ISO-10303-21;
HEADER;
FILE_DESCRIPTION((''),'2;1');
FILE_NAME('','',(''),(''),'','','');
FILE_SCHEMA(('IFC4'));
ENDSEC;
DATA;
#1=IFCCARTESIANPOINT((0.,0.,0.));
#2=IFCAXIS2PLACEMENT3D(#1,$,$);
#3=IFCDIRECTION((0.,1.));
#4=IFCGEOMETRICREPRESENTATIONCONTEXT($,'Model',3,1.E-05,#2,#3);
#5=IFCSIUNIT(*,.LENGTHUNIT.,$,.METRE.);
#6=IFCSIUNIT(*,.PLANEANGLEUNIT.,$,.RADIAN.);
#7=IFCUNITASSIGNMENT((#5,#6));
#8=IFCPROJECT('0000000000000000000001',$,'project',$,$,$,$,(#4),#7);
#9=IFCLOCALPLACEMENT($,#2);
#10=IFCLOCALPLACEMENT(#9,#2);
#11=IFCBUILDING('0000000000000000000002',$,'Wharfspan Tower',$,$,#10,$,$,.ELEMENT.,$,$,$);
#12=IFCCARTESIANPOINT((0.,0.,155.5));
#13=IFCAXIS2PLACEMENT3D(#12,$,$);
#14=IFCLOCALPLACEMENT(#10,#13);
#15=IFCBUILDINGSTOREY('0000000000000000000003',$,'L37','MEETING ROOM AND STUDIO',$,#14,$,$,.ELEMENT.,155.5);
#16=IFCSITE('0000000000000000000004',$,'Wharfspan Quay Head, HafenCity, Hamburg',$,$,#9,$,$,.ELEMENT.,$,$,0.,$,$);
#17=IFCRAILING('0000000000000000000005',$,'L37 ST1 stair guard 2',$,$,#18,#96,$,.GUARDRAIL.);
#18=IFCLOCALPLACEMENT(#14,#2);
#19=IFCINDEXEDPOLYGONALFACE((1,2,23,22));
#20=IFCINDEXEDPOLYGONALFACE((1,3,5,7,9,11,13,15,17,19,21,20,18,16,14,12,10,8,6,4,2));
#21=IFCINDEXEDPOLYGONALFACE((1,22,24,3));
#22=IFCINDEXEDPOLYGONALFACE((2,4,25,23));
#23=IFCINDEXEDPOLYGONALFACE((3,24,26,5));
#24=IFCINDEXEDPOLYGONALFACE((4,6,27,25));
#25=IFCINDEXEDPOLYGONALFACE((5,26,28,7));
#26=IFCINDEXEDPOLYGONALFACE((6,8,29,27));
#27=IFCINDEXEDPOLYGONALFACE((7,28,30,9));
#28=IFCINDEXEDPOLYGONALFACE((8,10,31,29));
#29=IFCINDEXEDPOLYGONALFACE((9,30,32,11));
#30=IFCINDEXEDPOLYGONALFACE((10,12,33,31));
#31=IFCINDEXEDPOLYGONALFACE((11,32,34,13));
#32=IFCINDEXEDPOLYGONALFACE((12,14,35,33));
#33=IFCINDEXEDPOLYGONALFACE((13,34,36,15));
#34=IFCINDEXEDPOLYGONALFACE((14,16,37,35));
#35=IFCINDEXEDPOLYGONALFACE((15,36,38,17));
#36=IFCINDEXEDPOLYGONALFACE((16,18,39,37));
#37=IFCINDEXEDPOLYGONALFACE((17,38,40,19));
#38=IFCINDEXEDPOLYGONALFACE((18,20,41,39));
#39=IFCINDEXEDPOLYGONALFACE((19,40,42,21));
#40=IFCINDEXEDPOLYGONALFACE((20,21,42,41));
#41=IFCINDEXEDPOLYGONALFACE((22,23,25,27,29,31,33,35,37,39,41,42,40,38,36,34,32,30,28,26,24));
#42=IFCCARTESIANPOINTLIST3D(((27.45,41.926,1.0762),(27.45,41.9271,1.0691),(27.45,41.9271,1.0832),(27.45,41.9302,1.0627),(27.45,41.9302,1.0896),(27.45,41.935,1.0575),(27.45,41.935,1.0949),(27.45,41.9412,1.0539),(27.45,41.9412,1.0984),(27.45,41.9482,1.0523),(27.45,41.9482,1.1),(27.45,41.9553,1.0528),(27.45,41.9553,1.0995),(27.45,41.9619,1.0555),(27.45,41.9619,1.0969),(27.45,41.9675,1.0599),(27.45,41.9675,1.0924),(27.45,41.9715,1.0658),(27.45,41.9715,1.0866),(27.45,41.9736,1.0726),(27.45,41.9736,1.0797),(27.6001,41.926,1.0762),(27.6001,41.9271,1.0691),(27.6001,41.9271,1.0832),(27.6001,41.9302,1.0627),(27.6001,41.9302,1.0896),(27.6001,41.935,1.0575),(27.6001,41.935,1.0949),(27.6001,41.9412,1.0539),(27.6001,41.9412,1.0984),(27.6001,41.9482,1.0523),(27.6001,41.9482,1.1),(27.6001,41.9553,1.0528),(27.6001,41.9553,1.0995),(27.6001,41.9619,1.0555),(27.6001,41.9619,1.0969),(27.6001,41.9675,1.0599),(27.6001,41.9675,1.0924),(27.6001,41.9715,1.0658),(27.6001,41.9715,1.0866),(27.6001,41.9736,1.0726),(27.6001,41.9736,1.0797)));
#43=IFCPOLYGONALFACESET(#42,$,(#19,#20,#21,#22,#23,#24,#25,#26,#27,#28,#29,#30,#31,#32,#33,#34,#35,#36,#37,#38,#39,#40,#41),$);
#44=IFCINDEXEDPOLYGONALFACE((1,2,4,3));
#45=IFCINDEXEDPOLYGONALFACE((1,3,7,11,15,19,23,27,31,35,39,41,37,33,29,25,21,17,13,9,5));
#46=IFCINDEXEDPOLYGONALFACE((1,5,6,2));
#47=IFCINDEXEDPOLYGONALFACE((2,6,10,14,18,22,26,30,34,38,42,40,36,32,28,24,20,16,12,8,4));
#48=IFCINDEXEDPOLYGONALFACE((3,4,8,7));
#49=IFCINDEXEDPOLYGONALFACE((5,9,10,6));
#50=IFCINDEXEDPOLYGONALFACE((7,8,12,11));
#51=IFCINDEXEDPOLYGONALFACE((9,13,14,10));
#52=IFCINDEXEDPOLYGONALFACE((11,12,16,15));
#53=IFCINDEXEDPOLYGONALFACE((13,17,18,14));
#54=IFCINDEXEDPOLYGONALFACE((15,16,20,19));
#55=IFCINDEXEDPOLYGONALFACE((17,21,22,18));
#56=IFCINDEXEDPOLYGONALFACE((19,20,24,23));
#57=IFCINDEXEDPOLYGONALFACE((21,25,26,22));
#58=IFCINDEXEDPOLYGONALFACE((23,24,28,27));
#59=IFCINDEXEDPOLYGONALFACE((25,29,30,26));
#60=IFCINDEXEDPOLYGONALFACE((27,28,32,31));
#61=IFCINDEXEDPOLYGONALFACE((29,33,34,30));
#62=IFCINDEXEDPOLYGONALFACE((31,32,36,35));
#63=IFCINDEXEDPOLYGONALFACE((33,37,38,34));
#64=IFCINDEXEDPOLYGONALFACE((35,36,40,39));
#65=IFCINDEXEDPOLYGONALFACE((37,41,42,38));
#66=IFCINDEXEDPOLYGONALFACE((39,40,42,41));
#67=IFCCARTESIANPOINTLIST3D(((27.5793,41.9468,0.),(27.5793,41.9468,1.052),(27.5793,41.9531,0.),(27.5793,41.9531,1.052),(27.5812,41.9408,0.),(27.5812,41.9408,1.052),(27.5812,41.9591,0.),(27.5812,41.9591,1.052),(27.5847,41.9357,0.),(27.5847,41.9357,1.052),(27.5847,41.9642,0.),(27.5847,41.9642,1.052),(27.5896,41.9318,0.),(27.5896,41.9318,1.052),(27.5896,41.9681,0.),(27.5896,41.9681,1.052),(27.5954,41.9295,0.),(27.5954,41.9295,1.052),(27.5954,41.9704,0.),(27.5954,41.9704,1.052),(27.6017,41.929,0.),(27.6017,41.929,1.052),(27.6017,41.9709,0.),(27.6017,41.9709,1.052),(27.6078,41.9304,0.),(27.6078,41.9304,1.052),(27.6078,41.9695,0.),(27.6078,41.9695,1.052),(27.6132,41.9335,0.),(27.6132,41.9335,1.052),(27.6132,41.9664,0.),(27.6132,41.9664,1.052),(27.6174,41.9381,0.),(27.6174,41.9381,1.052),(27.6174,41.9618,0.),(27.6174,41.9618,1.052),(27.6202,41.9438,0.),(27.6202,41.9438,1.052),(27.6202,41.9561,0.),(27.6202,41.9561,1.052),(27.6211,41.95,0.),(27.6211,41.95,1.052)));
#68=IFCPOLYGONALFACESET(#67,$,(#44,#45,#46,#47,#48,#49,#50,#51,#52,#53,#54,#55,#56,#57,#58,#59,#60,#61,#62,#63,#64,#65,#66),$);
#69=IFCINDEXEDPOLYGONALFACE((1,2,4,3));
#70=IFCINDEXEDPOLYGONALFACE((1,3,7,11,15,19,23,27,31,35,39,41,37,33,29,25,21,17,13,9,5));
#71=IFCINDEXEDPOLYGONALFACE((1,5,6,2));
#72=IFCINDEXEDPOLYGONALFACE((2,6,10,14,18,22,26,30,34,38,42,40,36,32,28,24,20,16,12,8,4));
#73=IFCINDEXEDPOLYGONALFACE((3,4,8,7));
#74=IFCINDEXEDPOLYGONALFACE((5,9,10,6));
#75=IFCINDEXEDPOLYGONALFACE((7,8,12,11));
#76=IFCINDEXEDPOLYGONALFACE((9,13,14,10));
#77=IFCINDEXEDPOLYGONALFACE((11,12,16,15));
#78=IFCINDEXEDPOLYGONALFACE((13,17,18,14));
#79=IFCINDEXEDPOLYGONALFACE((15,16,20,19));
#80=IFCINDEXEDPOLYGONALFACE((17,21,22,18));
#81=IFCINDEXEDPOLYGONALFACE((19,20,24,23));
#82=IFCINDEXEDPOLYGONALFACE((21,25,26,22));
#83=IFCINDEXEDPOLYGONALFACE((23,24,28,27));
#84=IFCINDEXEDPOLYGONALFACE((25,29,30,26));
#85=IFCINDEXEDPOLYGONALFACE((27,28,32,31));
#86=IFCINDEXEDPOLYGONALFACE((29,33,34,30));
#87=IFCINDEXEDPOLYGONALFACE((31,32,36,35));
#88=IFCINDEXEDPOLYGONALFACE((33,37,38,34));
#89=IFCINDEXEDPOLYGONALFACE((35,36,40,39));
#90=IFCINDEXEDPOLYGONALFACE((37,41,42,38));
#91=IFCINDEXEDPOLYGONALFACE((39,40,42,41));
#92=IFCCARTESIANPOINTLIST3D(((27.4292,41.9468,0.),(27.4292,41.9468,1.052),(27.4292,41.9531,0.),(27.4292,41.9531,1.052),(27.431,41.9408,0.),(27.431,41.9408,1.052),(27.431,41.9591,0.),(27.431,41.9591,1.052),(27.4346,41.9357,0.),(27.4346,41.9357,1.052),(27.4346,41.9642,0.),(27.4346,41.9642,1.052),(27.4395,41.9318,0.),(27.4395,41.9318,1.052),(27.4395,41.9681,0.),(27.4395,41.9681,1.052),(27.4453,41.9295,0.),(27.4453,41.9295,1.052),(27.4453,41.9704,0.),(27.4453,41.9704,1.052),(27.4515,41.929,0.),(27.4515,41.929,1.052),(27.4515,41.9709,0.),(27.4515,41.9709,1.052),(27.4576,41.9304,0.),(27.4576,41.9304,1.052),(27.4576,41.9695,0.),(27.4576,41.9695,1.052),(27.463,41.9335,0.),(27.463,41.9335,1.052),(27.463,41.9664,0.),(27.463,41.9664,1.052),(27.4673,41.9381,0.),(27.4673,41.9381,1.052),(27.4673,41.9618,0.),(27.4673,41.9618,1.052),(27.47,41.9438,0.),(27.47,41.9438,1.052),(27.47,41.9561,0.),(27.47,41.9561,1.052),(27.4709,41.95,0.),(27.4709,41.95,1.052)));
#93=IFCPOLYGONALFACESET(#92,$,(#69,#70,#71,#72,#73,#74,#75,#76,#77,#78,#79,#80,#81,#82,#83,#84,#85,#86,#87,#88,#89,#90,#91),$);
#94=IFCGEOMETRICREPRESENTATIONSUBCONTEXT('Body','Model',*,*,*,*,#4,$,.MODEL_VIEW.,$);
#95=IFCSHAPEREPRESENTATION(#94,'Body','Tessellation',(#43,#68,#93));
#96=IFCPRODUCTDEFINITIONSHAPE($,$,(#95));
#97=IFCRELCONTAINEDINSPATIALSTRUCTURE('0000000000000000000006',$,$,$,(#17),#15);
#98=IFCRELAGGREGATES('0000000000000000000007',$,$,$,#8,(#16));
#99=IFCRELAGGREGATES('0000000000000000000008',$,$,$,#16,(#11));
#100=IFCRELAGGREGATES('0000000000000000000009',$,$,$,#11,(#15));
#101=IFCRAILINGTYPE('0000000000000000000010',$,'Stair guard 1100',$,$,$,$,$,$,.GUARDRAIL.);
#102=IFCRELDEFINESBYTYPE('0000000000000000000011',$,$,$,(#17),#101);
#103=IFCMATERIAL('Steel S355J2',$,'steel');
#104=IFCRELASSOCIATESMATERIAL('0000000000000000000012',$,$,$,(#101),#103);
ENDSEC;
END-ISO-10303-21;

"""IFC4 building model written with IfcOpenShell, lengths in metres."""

from ifc_helpers import new_model, si_unit, direction, frame, origin, origin_2d, place, context, subcontext, project, spatial, circle, extrude, material, type_object, element, save


model = new_model("IFC4")

# Units and contexts
model_context = context("Model", 3, precision=1e-05, world=origin(), true_north=direction((0.0, 1.0)))
body_context = subcontext(model_context, "Body", "Model", "MODEL_VIEW")
ifc_project = project(units=[si_unit("LENGTHUNIT", "METRE"), si_unit("PLANEANGLEUNIT", "RADIAN")], contexts=[model_context])

# Site, building, storey
site_placement = place(None, origin())
site = spatial("IfcSite", under=ifc_project, at=site_placement, Name="Wharfspan Quay Head, HafenCity, Hamburg", CompositionType="ELEMENT", RefElevation=0.0)
building_placement = place(site_placement, origin())
building = spatial("IfcBuilding", under=site, at=building_placement, Name="Wharfspan Tower", CompositionType="ELEMENT")
storey_placement = place(building_placement, frame((0.0, 0.0, 155.5)))
storey = spatial("IfcBuildingStorey", under=building, at=storey_placement, Name="L37", Description="MEETING ROOM AND STUDIO", CompositionType="ELEMENT", Elevation=155.5)

# Shared definitions
ifc_material_1 = material(Name="Steel S355J2", Category="steel")

# Railing
railing_type_1 = type_object("IfcRailingType", Name="Stair guard 1100", PredefinedType="GUARDRAIL", material=ifc_material_1)
railing_1_placement = place(storey_placement, frame((27.6001, 41.95, 0.0)))
element("IfcRailing", 1, at=railing_1_placement, inside=storey, type_object=railing_type_1, Name="L37 ST1 stair guard 2", PredefinedType="GUARDRAIL", context=body_context, shape_type="SweptSolid", body=[
    extrude(circle(Radius=0.0239, at=origin_2d()), frame((0.0, 0.0, 1.0762), z_axis=(-1.0, 0.0, 0.0), x_axis=(0.0, -1.0, 0.0)), (0.0, 0.0, 1.0), 0.1501),
    extrude(circle(Radius=0.021, at=origin_2d()), origin(), (0.0, 0.0, 1.0), 1.052),
    extrude(circle(Radius=0.021, at=origin_2d()), frame((-0.1501, 0.0, 0.0)), (0.0, 0.0, 1.0), 1.052),
])

save(model, "model.ifc")
